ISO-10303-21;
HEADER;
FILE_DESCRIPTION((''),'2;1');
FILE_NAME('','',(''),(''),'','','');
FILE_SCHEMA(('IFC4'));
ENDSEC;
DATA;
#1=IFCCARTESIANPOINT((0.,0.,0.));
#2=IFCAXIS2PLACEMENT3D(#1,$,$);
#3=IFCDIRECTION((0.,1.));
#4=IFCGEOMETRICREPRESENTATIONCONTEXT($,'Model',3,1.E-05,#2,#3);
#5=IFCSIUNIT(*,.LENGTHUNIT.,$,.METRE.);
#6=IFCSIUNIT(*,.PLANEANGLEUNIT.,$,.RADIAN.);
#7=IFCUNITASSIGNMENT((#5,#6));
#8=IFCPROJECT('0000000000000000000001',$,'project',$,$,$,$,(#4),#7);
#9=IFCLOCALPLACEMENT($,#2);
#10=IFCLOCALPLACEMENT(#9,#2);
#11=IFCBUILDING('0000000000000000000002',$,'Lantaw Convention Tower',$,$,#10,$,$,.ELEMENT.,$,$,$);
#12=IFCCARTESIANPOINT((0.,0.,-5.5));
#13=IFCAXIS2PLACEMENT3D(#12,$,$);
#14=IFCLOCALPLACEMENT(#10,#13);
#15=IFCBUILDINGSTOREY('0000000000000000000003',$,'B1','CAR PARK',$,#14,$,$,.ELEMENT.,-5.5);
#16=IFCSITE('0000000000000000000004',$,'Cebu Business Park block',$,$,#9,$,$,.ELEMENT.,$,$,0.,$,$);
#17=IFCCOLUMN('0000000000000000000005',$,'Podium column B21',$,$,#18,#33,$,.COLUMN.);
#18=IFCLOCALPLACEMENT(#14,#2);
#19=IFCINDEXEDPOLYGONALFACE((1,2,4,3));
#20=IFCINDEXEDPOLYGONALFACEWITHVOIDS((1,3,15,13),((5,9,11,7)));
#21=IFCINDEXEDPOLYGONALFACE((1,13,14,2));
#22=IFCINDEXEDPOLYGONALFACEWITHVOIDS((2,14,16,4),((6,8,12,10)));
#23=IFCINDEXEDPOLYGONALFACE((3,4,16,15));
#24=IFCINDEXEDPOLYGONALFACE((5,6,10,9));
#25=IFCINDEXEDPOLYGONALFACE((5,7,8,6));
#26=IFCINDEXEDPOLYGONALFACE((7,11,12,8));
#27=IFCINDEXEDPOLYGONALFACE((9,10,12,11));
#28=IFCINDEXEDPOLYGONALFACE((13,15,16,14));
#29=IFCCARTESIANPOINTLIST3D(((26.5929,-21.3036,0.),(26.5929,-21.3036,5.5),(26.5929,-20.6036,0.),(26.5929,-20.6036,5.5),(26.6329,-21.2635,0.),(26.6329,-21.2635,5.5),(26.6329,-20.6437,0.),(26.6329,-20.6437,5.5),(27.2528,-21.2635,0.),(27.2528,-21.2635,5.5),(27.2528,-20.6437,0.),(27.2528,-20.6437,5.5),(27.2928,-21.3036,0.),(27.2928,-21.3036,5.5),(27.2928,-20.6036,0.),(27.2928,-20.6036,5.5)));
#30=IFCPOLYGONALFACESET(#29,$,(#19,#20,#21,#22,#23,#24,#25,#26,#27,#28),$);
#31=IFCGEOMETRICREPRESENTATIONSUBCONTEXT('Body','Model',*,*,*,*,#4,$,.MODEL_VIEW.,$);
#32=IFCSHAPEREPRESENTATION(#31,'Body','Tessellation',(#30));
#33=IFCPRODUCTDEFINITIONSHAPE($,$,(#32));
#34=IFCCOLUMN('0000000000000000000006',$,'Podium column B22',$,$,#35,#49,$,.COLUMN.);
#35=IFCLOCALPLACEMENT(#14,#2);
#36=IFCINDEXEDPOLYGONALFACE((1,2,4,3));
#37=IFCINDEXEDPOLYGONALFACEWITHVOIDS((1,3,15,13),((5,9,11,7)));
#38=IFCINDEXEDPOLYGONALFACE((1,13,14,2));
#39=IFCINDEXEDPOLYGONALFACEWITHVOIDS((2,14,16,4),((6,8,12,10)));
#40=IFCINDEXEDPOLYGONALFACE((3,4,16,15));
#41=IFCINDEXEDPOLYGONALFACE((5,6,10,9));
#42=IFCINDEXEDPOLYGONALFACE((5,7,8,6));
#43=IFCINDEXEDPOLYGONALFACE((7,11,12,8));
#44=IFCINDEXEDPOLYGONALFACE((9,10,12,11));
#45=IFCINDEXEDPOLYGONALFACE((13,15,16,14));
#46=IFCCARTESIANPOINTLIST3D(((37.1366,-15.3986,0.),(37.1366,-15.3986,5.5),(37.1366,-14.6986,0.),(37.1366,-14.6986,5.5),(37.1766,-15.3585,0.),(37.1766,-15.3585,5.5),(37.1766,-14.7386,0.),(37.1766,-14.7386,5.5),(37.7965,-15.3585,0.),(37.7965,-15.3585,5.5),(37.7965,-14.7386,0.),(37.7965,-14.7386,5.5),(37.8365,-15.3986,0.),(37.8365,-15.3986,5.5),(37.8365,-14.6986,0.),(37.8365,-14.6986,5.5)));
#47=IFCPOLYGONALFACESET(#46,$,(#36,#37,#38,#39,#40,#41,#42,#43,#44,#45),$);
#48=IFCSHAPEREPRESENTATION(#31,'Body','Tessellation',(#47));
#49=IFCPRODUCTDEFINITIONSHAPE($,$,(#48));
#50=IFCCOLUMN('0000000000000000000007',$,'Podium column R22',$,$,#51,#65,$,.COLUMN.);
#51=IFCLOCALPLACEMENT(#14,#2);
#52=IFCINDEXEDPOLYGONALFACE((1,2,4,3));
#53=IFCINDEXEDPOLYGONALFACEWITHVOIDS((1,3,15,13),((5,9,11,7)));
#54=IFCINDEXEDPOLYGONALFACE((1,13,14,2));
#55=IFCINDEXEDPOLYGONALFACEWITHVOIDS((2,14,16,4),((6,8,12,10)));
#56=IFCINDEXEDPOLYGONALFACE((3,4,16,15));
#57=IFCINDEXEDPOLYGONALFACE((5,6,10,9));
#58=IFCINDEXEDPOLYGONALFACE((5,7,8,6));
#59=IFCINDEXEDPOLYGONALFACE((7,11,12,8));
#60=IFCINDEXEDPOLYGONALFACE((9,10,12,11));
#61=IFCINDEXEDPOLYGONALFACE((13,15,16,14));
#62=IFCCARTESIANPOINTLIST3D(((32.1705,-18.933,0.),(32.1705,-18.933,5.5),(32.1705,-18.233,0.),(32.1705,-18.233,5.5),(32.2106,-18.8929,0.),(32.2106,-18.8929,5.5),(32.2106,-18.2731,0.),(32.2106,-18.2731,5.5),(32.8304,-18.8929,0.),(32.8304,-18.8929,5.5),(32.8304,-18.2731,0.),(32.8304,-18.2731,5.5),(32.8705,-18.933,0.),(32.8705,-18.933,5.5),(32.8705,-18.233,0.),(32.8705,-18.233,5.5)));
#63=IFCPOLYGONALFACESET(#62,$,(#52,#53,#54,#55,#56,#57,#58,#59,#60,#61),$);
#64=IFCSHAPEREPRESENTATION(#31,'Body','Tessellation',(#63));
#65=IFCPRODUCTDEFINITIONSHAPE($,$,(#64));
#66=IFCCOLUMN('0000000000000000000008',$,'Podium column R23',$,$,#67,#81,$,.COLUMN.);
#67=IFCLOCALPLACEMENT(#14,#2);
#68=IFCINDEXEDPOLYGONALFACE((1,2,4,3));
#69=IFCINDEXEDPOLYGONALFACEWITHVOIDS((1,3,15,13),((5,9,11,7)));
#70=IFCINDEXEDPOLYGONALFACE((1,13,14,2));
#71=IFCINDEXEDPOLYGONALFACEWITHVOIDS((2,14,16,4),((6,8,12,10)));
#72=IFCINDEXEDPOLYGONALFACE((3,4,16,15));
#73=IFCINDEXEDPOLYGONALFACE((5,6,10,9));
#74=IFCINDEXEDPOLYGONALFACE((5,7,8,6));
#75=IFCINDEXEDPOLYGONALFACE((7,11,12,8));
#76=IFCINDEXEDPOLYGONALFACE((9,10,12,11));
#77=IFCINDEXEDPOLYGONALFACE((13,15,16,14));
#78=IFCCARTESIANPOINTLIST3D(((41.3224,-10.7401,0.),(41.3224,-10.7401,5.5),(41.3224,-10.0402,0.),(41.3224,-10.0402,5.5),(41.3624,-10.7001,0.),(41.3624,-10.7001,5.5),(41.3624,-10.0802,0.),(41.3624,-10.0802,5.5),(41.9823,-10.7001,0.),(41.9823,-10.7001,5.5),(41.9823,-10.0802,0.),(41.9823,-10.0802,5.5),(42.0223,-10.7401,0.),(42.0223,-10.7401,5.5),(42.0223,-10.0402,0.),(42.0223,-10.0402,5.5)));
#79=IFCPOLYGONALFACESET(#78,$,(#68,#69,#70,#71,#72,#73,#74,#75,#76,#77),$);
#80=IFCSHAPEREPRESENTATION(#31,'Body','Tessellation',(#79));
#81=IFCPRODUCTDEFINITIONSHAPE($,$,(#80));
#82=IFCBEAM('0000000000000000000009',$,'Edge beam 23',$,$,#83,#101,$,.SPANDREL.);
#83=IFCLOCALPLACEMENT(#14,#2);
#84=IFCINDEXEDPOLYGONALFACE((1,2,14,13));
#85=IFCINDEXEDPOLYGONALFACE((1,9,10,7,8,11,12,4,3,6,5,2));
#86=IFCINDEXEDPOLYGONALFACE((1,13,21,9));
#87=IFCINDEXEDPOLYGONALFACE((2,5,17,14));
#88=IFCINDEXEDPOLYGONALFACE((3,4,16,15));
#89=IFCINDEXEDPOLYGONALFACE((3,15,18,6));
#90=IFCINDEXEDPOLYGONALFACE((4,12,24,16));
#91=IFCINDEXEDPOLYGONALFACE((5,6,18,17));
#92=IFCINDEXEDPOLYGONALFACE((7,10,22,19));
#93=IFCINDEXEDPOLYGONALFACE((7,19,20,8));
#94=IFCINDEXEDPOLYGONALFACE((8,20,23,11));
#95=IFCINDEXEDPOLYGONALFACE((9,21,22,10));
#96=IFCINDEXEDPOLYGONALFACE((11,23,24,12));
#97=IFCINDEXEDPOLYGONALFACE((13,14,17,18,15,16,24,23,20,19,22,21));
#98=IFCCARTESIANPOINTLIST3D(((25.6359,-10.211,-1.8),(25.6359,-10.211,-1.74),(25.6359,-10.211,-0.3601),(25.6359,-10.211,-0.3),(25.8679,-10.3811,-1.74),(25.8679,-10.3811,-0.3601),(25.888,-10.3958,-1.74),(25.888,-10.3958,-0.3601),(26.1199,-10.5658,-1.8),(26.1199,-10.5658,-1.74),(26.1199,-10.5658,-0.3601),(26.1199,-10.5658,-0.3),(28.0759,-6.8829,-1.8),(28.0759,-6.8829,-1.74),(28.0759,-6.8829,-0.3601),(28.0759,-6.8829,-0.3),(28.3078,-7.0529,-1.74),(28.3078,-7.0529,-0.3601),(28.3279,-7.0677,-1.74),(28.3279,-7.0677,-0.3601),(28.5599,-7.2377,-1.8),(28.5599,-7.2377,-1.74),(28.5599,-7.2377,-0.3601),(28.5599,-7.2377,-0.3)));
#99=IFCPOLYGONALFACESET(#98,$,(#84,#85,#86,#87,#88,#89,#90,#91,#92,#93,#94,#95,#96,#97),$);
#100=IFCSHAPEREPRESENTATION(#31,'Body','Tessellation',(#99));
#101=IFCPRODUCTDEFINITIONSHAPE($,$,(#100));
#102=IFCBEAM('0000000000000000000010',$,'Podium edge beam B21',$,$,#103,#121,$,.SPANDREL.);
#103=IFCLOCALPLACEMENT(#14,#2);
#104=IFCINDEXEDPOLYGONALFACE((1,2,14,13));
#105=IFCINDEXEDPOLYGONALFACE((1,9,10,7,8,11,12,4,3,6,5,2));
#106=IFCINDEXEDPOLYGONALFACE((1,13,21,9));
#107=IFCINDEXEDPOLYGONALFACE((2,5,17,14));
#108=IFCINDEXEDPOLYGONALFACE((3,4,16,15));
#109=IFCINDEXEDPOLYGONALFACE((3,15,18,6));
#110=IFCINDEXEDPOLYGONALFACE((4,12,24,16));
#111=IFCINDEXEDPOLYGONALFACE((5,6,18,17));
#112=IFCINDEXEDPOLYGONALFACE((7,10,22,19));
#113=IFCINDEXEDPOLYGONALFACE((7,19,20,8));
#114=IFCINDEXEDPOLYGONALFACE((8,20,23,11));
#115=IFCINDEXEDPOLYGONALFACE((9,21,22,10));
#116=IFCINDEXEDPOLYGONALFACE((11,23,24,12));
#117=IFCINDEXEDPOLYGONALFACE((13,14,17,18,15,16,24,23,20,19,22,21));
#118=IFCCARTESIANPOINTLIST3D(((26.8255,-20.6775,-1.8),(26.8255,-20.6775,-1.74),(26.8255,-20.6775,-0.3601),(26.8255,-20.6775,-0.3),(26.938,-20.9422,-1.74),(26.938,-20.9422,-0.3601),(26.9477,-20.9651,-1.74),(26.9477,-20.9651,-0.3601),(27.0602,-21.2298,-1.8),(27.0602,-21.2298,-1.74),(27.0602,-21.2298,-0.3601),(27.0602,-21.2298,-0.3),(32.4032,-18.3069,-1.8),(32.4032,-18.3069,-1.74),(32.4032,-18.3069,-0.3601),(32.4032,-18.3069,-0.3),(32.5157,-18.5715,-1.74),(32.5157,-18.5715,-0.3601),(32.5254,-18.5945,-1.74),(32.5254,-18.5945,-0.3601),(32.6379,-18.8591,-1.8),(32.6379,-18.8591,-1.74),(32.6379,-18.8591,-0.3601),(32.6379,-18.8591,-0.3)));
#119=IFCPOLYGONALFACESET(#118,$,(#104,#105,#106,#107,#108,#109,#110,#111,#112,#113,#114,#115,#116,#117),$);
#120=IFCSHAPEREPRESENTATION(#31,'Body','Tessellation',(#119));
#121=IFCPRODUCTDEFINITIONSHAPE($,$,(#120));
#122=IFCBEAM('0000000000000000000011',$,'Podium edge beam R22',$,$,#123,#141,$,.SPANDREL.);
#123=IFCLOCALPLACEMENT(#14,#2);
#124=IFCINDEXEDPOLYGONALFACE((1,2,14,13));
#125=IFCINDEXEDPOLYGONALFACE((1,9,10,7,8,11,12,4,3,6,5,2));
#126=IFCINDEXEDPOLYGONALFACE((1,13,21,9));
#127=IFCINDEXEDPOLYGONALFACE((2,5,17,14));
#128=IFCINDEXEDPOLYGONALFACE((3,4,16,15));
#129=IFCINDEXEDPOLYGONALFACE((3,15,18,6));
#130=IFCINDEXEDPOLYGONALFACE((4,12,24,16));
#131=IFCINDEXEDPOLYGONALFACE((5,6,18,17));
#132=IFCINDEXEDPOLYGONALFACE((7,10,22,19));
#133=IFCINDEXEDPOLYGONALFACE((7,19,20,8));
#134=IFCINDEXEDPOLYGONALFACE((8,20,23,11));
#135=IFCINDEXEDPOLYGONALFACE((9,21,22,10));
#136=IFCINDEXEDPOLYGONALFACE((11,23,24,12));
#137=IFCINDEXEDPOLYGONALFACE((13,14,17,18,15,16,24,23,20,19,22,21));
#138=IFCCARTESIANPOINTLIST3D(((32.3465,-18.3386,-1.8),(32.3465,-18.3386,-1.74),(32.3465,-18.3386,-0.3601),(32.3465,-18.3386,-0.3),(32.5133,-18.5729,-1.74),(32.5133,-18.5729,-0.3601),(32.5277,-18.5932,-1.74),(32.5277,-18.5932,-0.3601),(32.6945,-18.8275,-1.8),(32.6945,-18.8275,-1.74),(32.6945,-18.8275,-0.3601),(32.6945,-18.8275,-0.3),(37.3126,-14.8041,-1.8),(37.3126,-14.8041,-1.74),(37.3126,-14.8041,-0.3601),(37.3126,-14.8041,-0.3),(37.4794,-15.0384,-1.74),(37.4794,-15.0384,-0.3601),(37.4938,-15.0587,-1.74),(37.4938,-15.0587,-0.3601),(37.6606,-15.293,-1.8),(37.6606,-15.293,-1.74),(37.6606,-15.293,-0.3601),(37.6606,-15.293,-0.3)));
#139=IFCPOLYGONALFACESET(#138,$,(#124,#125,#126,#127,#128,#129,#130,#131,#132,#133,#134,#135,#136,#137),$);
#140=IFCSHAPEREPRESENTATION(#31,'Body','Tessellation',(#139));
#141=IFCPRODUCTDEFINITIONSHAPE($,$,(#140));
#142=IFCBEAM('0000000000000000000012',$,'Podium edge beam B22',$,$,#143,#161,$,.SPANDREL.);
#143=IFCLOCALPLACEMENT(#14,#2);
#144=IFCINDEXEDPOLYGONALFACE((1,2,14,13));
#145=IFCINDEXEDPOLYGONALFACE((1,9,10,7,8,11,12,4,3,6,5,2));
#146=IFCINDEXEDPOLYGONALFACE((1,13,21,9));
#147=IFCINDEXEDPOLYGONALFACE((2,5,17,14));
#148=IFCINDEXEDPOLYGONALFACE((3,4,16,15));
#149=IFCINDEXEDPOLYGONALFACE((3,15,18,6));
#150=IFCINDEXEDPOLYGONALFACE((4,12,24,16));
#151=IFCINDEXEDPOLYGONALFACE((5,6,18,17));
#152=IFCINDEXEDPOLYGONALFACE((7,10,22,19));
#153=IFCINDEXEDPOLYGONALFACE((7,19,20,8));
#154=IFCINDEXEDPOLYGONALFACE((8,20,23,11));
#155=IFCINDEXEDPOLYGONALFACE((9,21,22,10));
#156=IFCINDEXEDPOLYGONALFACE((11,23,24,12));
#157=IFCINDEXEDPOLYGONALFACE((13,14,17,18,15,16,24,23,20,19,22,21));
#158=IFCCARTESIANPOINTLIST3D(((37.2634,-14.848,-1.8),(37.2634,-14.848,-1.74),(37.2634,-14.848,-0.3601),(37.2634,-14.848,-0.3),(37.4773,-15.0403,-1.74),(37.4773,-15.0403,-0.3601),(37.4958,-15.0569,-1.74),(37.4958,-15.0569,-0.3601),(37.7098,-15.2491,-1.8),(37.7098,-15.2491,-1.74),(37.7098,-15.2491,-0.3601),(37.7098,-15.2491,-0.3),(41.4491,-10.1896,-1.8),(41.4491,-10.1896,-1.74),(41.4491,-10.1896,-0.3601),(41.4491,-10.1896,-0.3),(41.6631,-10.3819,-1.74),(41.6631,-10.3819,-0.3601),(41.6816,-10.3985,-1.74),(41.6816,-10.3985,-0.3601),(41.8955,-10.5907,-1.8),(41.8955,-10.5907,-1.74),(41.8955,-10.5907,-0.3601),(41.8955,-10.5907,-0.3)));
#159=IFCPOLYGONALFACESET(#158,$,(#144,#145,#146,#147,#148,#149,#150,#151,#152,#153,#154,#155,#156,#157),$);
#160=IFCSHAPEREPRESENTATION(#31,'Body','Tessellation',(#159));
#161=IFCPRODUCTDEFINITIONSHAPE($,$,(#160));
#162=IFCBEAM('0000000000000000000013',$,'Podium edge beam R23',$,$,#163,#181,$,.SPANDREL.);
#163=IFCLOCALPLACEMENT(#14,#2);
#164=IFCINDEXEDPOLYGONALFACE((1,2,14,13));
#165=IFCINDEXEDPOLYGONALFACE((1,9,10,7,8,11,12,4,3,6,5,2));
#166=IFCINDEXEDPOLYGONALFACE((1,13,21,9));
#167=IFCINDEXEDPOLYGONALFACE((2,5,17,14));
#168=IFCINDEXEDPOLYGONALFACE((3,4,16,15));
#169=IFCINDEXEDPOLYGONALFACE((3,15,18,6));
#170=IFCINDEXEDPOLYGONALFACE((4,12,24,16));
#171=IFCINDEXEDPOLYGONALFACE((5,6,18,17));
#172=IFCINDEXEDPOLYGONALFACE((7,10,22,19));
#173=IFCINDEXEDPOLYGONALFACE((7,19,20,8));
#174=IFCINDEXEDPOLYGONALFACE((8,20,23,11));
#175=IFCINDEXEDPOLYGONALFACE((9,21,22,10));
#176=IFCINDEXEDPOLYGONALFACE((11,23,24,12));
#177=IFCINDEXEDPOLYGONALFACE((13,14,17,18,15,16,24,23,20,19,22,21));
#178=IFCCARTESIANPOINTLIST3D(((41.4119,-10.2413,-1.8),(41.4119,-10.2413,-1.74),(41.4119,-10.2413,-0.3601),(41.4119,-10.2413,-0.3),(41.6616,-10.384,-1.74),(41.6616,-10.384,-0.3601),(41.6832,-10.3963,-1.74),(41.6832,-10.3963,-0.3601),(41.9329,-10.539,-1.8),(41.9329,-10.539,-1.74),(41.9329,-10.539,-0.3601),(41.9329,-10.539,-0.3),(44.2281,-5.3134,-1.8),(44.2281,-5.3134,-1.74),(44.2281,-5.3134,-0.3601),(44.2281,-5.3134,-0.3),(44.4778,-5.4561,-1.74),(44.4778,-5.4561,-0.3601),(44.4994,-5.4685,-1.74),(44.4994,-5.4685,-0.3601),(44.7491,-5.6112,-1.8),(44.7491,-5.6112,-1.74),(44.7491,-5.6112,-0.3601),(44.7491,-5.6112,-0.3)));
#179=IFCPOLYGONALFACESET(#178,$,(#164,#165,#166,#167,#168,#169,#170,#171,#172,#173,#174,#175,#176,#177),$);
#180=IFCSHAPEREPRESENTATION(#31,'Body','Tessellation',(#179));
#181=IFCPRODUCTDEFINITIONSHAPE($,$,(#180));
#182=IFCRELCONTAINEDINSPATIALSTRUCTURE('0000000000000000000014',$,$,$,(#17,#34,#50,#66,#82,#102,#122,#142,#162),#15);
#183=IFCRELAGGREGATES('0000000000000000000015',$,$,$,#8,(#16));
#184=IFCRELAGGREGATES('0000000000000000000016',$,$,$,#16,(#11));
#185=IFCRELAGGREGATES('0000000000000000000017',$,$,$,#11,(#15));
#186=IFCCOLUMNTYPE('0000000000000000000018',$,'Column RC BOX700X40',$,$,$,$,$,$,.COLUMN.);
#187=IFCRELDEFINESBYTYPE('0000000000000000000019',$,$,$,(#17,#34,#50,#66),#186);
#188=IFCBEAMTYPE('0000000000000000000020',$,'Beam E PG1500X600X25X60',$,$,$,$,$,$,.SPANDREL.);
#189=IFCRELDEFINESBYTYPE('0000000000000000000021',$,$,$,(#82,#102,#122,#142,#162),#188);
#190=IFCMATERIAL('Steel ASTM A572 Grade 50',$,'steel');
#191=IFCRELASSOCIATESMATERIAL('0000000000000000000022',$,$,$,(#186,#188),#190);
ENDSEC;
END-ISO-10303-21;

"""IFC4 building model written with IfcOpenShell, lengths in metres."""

from ifc_helpers import new_model, si_unit, direction, frame, origin, origin_2d, place, context, subcontext, project, spatial, hollow_rectangle, i_section, extrude, material, material_profile, profile_set, type_object, element, save


model = new_model("IFC4")

# Units and contexts
model_context = context("Model", 3, precision=1e-05, world=origin(), true_north=direction((0.0, 1.0)))
body_context = subcontext(model_context, "Body", "Model", "MODEL_VIEW")
ifc_project = project(units=[si_unit("LENGTHUNIT", "METRE"), si_unit("PLANEANGLEUNIT", "RADIAN")], contexts=[model_context])

# Site, building, storey
site_placement = place(None, origin())
site = spatial("IfcSite", under=ifc_project, at=site_placement, Name="Cebu Business Park block", CompositionType="ELEMENT", RefElevation=0.0)
building_placement = place(site_placement, origin())
building = spatial("IfcBuilding", under=site, at=building_placement, Name="Lantaw Convention Tower", CompositionType="ELEMENT")
storey_placement = place(building_placement, frame((0.0, 0.0, -5.5)))
storey = spatial("IfcBuildingStorey", under=building, at=storey_placement, Name="B1", Description="CAR PARK", CompositionType="ELEMENT", Elevation=-5.5)

# Columns
ifc_material_1 = material(Name="Steel ASTM A572 Grade 50", Category="steel")
ifc_material_profile_1 = material_profile(ifc_material_1, hollow_rectangle(XDim=0.7, YDim=0.7, WallThickness=0.04, at=origin_2d()), Name="BOX700X40")
ifc_profile_set_1 = profile_set([ifc_material_profile_1], Name="Steel ASTM A572 Grade 50")
column_type = type_object("IfcColumnType", Name="Column RC BOX700X40", PredefinedType="COLUMN", material=ifc_profile_set_1)
for number, where, z_axis, x_axis, name in (
    (1, (26.9429, -20.9536, 0.0), (0.0, 0.0, 1.0), (1.0, 0.0, 0.0), "Podium column B21"),
    (2, (37.4866, -15.0486, 0.0), (0.0, 0.0, 1.0), (1.0, 0.0, 0.0), "Podium column B22"),
    (3, (32.5205, -18.583, 0.0), (0.0, 0.0, 1.0), (1.0, 0.0, 0.0), "Podium column R22"),
    (4, (41.6724, -10.3901, 0.0), (0.0, 0.0, 1.0), (1.0, 0.0, 0.0), "Podium column R23"),
):
    element("IfcColumn", number, at=place(storey_placement, frame(where, z_axis=z_axis, x_axis=x_axis)), inside=storey, type_object=column_type, Name=name, PredefinedType="COLUMN", context=body_context, shape_type="SweptSolid", body=[
        extrude(hollow_rectangle(XDim=0.7, YDim=0.7, WallThickness=0.04, at=origin_2d()), origin(), (0.0, 0.0, 1.0), 5.5),
    ])

# Beams
ifc_material_profile_2 = material_profile(ifc_material_1, i_section(OverallWidth=0.6001, OverallDepth=1.5, WebThickness=0.0249, FlangeThickness=0.0601, at=origin_2d()), Name="PG1500X600X25X60")
ifc_profile_set_2 = profile_set([ifc_material_profile_2], Name="Steel ASTM A572 Grade 50")
beam_type_1 = type_object("IfcBeamType", Name="Beam E PG1500X600X25X60", PredefinedType="SPANDREL", material=ifc_profile_set_2)
beam_1_placement = place(storey_placement, frame((25.8779, -10.3884, -1.05), z_axis=(0.591256, 0.806484, 0.0), x_axis=(-0.806484, 0.591256, 0.0)))
element("IfcBeam", 5, at=beam_1_placement, inside=storey, type_object=beam_type_1, Name="Edge beam 23", PredefinedType="SPANDREL", context=body_context, shape_type="SweptSolid", body=[
    extrude(i_section(OverallWidth=0.6001, OverallDepth=1.5, WebThickness=0.0249, FlangeThickness=0.0601, at=origin_2d()), origin(), (0.0, 0.0, 1.0), 4.1267),
])
beam_2_placement = place(storey_placement, frame((26.9429, -20.9536, -1.05), z_axis=(0.920324, 0.391156, 0.0), x_axis=(-0.391156, 0.920324, 0.0)))
element("IfcBeam", 6, at=beam_2_placement, inside=storey, type_object=beam_type_1, Name="Podium edge beam B21", PredefinedType="SPANDREL", context=body_context, shape_type="SweptSolid", body=[
    extrude(i_section(OverallWidth=0.6001, OverallDepth=1.5, WebThickness=0.0249, FlangeThickness=0.0601, at=origin_2d()), origin(), (0.0, 0.0, 1.0), 6.0605),
])
beam_3_placement = place(storey_placement, frame((32.5205, -18.583, -1.05), z_axis=(0.814723, 0.579851, 0.0), x_axis=(-0.579851, 0.814723, 0.0)))
element("IfcBeam", 7, at=beam_3_placement, inside=storey, type_object=beam_type_1, Name="Podium edge beam R22", PredefinedType="SPANDREL", context=body_context, shape_type="SweptSolid", body=[
    extrude(i_section(OverallWidth=0.6001, OverallDepth=1.5, WebThickness=0.0249, FlangeThickness=0.0601, at=origin_2d()), origin(), (0.0, 0.0, 1.0), 6.0955),
])
beam_4_placement = place(storey_placement, frame((37.4866, -15.0486, -1.05), z_axis=(0.668364, 0.743835, 0.0), x_axis=(-0.743835, 0.668364, 0.0)))
element("IfcBeam", 8, at=beam_4_placement, inside=storey, type_object=beam_type_1, Name="Podium edge beam B22", PredefinedType="SPANDREL", context=body_context, shape_type="SweptSolid", body=[
    extrude(i_section(OverallWidth=0.6001, OverallDepth=1.5, WebThickness=0.0249, FlangeThickness=0.0601, at=origin_2d()), origin(), (0.0, 0.0, 1.0), 6.2627),
])
beam_5_placement = place(storey_placement, frame((41.6724, -10.3901, -1.05), z_axis=(0.496181, 0.868219, 0.0), x_axis=(-0.868219, 0.496181, 0.0)))
element("IfcBeam", 9, at=beam_5_placement, inside=storey, type_object=beam_type_1, Name="Podium edge beam R23", PredefinedType="SPANDREL", context=body_context, shape_type="SweptSolid", body=[
    extrude(i_section(OverallWidth=0.6001, OverallDepth=1.5, WebThickness=0.0249, FlangeThickness=0.0601, at=origin_2d()), origin(), (0.0, 0.0, 1.0), 5.6758),
])

save(model, "model.ifc")
